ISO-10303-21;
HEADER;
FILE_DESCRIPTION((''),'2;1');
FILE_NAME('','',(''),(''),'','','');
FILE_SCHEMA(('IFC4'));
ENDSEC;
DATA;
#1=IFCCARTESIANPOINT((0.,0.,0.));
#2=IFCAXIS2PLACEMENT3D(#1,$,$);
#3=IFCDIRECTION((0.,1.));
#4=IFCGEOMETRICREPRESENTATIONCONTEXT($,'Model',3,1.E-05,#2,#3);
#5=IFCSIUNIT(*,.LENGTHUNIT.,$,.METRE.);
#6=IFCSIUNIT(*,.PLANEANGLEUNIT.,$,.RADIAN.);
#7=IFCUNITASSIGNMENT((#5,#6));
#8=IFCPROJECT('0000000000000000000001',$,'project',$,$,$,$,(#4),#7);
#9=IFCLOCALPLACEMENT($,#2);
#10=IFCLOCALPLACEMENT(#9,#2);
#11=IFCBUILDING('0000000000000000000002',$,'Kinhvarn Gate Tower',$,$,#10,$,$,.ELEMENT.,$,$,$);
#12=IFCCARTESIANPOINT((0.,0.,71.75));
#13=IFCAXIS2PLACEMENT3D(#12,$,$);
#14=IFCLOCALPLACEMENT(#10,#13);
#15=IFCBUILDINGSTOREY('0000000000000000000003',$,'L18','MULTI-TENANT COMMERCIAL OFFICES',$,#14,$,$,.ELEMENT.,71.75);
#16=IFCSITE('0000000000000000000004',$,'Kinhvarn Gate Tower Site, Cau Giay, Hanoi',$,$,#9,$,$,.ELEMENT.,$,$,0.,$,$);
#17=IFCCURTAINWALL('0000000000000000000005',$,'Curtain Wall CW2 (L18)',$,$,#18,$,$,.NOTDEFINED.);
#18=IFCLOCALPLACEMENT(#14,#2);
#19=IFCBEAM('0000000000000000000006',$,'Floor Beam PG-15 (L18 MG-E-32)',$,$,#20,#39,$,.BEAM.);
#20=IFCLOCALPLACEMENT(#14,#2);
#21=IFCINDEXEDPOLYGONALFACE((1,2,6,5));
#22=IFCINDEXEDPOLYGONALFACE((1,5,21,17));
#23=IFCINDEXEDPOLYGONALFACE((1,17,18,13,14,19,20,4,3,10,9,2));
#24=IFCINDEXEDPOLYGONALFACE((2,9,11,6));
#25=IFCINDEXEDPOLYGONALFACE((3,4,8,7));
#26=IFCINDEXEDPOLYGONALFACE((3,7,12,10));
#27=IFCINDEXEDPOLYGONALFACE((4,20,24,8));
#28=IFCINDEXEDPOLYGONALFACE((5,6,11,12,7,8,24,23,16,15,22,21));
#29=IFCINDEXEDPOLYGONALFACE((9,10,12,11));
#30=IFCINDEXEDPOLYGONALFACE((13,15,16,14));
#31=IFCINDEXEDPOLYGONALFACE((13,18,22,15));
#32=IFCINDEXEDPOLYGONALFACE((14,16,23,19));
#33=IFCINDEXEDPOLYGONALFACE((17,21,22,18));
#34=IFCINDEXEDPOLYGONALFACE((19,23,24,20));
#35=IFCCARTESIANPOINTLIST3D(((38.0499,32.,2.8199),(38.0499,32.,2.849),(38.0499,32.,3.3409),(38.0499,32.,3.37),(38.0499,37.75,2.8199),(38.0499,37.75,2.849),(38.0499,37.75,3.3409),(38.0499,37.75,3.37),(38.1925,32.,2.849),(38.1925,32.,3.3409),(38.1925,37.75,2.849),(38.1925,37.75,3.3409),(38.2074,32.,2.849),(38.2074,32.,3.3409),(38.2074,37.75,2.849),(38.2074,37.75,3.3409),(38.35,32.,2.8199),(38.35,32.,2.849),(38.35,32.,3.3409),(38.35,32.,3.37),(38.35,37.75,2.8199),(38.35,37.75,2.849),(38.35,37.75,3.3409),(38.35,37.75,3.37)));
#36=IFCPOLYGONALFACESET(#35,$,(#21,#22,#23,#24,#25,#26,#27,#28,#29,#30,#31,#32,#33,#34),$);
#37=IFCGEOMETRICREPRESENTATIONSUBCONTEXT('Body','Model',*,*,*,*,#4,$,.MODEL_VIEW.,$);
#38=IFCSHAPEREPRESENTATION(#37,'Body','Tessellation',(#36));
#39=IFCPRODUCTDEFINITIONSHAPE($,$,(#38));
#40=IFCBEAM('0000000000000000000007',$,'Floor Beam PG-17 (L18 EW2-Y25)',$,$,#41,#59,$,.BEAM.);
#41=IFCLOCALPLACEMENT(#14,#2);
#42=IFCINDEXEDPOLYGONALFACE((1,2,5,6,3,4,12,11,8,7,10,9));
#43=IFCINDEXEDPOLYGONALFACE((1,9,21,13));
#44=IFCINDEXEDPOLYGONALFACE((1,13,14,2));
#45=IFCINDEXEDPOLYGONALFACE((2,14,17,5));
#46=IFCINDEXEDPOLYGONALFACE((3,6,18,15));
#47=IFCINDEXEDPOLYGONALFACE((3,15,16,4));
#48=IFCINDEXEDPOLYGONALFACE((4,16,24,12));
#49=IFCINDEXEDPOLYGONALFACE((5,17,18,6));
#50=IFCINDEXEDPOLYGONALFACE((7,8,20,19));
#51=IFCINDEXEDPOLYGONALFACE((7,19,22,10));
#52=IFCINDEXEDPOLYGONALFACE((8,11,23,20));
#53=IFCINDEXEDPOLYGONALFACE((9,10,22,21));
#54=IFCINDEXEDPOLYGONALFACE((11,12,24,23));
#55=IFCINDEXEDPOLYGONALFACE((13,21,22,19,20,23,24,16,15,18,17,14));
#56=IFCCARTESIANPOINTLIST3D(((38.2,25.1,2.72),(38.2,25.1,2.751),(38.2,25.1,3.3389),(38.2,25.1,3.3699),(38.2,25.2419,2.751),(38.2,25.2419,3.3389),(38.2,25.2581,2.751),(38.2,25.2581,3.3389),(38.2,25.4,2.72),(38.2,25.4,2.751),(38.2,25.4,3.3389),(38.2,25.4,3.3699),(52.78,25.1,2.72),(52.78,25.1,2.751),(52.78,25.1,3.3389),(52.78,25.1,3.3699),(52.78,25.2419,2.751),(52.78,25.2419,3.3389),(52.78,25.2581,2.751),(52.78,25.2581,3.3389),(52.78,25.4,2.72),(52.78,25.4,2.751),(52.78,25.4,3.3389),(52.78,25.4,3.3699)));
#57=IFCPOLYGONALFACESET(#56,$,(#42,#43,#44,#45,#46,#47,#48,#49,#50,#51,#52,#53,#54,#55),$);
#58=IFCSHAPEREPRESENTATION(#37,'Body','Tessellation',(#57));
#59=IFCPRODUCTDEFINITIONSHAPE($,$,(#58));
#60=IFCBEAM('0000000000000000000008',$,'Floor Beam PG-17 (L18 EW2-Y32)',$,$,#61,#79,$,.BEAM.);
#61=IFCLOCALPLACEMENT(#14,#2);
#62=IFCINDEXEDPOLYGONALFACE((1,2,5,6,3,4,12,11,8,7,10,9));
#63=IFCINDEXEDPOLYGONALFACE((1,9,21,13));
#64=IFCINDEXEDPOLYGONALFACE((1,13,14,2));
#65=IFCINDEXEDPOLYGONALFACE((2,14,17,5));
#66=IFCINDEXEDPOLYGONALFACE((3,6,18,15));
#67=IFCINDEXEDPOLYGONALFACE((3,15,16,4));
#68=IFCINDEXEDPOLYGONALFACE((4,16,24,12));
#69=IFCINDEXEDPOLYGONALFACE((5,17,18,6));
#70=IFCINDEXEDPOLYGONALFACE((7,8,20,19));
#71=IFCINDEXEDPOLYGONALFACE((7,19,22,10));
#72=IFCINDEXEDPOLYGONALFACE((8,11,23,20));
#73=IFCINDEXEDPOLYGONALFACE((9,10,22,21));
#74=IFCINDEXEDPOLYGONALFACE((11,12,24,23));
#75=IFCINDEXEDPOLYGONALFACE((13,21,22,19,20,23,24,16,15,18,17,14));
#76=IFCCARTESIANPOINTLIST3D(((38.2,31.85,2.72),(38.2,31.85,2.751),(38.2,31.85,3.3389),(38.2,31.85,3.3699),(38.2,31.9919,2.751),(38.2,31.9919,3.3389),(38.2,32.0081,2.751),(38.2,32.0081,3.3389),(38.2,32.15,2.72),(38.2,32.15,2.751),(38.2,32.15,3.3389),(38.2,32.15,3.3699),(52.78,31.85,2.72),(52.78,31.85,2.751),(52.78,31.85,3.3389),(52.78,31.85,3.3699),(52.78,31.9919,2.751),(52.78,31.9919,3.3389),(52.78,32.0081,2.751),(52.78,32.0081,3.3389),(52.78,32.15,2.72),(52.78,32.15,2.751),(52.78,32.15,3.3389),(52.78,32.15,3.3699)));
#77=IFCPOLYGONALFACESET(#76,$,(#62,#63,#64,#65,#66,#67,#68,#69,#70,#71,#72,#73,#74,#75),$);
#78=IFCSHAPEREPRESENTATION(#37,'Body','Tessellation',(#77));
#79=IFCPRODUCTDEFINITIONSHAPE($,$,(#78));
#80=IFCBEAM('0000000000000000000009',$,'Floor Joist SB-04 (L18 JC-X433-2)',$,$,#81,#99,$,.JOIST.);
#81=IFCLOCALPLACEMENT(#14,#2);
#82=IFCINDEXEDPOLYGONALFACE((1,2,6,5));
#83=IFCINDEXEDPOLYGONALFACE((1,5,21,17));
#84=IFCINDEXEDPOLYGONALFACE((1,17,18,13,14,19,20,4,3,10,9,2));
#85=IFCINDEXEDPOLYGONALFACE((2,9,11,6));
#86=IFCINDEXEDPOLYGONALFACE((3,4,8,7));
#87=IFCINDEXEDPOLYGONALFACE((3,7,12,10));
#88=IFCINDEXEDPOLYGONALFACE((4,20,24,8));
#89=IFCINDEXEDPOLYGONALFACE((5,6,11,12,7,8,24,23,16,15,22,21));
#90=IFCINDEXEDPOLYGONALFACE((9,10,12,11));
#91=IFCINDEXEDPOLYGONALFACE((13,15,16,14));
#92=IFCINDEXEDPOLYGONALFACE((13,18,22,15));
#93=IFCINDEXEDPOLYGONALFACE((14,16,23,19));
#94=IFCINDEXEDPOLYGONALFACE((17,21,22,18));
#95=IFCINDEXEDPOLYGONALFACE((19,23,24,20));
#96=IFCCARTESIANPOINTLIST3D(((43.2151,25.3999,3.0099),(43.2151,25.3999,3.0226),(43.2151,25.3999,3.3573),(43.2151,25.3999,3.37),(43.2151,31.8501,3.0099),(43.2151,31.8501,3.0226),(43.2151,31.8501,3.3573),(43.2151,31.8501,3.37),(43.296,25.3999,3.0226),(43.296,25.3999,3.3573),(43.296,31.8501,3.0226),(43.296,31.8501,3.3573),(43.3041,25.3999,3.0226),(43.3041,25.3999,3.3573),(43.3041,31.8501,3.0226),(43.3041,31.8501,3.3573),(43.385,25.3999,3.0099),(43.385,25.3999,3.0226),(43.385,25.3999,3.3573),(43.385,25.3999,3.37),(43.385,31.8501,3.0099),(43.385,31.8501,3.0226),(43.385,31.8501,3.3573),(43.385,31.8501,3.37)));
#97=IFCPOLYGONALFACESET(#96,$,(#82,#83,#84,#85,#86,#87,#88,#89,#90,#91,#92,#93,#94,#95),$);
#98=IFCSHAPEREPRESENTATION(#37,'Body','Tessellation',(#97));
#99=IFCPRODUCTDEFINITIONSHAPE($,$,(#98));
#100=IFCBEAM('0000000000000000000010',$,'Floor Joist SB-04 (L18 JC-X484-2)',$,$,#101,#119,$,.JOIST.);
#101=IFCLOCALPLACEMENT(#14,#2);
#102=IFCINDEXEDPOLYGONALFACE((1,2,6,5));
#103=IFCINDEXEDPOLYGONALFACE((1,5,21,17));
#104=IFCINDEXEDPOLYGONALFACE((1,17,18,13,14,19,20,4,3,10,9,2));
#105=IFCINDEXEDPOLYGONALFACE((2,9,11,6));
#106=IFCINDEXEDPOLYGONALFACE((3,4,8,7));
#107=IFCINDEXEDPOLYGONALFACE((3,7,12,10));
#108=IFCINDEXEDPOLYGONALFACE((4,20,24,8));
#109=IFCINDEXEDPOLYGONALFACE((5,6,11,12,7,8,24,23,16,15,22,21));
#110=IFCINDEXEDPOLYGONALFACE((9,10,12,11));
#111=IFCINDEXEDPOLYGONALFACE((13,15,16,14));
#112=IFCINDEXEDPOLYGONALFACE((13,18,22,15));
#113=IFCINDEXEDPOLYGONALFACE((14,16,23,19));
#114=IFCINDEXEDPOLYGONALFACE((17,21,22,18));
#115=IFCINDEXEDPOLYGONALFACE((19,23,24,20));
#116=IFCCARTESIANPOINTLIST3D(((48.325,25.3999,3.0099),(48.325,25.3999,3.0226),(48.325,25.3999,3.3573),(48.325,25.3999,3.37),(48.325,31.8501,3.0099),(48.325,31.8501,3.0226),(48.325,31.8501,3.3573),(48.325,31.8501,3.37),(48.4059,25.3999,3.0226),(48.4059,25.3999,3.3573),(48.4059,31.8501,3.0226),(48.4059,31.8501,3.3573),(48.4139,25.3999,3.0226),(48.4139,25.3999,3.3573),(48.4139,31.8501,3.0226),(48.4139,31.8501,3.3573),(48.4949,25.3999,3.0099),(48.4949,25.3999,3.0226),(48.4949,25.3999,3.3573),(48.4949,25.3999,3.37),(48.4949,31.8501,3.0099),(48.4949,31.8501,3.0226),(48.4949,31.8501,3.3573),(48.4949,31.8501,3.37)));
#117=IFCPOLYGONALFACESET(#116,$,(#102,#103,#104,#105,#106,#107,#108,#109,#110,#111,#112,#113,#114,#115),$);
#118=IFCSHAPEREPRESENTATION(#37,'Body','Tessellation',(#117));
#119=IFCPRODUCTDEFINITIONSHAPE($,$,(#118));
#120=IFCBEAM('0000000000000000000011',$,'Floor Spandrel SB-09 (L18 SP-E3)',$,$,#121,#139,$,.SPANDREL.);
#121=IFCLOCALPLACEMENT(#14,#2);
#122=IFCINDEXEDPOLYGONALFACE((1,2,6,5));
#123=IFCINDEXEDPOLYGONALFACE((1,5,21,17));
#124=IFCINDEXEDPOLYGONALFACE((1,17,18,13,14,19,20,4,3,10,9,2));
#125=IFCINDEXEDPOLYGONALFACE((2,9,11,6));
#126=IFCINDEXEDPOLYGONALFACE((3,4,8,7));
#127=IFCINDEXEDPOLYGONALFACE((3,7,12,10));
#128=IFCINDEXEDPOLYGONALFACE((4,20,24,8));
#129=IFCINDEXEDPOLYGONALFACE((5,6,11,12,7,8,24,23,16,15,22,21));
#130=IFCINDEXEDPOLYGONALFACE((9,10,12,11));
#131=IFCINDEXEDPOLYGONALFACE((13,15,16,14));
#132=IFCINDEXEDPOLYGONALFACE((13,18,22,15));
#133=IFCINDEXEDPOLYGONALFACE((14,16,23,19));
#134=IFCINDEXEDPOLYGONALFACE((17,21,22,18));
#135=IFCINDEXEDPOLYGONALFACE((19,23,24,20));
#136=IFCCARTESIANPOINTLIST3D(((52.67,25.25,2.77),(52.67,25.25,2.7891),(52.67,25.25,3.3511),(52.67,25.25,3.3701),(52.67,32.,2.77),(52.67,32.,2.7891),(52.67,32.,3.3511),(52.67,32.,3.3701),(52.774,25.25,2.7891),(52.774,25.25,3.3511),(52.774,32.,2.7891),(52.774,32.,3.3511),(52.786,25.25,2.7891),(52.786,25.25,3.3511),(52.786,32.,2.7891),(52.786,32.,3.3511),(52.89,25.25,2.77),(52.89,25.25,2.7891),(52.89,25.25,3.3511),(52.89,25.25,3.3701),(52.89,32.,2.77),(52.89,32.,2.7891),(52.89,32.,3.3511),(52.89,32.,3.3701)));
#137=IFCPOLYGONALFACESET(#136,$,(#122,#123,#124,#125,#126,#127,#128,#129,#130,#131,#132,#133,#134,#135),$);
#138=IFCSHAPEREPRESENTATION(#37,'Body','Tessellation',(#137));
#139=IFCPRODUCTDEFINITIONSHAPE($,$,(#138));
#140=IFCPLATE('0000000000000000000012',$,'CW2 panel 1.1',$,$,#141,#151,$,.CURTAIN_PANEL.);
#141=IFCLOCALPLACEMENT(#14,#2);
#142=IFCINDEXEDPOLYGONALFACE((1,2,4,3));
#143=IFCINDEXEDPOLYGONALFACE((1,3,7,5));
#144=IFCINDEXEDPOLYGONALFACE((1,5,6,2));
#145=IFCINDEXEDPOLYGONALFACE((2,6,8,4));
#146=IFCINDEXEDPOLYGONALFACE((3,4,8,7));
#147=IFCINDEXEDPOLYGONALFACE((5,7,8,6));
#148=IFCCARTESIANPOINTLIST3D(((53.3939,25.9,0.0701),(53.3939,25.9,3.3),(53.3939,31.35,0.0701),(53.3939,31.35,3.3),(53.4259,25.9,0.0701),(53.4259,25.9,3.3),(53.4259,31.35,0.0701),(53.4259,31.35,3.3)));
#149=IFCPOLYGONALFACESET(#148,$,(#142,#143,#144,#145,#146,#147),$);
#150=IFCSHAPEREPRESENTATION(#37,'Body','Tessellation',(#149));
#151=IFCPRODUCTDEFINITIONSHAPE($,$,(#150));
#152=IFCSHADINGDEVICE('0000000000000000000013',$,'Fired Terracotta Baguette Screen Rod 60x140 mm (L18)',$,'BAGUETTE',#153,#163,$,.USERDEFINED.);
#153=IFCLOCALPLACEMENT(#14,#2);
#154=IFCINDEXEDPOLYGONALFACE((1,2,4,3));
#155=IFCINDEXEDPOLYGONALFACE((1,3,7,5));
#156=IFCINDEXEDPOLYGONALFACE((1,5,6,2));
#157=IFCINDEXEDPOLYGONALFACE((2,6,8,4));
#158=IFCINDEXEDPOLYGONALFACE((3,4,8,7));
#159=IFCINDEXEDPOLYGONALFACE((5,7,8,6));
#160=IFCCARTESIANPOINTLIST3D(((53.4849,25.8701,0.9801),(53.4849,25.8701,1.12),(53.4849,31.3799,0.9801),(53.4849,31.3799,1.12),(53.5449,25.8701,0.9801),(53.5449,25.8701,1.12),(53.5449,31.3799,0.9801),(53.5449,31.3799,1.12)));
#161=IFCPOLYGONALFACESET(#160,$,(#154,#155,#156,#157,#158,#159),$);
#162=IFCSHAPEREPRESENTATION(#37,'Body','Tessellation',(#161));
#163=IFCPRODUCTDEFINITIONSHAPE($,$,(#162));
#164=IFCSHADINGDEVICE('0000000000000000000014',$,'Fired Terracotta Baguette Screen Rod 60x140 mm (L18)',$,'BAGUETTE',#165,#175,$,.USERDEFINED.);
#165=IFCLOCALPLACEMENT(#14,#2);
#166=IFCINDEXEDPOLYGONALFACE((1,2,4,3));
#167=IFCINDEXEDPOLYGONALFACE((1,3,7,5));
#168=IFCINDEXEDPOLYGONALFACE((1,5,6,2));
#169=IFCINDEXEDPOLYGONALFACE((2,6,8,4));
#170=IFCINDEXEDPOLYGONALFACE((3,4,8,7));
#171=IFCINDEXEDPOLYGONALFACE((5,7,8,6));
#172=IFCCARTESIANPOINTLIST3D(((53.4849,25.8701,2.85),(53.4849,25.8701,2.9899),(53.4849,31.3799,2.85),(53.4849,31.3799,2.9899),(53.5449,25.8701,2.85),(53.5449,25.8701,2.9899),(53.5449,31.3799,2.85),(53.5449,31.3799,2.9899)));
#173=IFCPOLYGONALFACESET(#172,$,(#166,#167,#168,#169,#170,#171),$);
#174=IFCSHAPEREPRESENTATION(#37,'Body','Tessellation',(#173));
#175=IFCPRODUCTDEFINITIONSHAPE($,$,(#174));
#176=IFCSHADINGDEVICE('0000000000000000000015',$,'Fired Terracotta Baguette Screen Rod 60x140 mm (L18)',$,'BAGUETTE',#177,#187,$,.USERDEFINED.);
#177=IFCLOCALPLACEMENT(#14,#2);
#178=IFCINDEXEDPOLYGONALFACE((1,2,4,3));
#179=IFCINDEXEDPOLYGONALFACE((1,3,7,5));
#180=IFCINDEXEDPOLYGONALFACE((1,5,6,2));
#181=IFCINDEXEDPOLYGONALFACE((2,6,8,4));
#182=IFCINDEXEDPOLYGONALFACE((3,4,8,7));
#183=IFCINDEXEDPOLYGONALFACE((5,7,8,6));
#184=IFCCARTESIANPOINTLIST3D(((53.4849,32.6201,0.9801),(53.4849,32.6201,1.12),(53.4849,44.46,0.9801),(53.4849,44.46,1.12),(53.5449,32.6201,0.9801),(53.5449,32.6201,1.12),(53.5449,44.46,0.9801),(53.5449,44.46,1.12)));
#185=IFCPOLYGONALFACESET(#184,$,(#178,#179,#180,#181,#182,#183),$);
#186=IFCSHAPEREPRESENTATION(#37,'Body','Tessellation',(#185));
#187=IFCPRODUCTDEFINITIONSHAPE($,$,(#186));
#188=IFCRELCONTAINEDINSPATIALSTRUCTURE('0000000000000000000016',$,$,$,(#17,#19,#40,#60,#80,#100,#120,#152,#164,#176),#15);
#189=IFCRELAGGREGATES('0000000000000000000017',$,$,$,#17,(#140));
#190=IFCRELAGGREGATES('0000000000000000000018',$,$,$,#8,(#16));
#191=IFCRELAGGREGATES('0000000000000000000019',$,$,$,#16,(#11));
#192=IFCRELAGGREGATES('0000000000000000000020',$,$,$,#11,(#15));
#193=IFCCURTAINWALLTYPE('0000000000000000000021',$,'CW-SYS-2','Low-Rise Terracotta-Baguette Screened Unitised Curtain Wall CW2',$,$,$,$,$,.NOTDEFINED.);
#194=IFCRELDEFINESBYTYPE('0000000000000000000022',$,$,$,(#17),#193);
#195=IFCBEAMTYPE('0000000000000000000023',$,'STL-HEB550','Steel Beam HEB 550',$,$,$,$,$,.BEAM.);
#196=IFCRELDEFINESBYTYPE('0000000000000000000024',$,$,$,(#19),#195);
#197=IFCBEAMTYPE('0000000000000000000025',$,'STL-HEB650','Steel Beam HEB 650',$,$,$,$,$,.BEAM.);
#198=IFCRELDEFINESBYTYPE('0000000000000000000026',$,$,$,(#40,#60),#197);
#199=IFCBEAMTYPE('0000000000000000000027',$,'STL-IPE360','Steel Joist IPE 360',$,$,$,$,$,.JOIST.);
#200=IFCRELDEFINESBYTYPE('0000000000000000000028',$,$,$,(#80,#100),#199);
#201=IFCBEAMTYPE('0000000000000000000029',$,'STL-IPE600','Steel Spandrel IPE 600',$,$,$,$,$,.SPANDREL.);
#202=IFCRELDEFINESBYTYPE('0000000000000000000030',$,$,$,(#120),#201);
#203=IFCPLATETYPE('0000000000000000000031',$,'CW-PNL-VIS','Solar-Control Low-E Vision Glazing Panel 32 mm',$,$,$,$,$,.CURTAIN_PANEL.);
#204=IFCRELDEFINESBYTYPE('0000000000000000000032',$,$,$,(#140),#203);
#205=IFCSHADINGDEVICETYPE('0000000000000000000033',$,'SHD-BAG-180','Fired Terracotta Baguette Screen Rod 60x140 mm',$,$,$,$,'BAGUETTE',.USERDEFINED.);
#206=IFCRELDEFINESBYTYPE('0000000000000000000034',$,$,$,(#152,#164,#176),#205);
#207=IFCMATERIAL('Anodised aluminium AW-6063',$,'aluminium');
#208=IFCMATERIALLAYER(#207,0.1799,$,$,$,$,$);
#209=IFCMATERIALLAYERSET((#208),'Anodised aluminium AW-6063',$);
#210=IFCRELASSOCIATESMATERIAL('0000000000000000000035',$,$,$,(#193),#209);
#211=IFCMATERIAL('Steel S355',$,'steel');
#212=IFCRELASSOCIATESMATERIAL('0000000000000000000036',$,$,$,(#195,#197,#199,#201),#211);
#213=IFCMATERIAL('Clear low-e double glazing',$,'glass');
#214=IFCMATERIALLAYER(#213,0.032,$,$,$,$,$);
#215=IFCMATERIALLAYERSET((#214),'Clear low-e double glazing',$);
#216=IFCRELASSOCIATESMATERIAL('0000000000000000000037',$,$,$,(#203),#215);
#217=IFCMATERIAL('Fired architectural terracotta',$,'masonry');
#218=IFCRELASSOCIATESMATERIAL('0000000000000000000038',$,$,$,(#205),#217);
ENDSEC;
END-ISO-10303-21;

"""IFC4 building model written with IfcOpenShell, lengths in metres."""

from ifc_helpers import new_model, si_unit, direction, frame, origin, origin_2d, place, context, subcontext, project, spatial, rectangle, i_section, extrude, material, layer, layer_set, material_profile, profile_set, type_object, element, aggregate, save


model = new_model("IFC4")

# Units and contexts
model_context = context("Model", 3, precision=1e-05, world=origin(), true_north=direction((0.0, 1.0)))
body_context = subcontext(model_context, "Body", "Model", "MODEL_VIEW")
ifc_project = project(units=[si_unit("LENGTHUNIT", "METRE"), si_unit("PLANEANGLEUNIT", "RADIAN")], contexts=[model_context])

# Site, building, storey
site_placement = place(None, origin())
site = spatial("IfcSite", under=ifc_project, at=site_placement, Name="Kinhvarn Gate Tower Site, Cau Giay, Hanoi", CompositionType="ELEMENT", RefElevation=0.0)
building_placement = place(site_placement, origin())
building = spatial("IfcBuilding", under=site, at=building_placement, Name="Kinhvarn Gate Tower", CompositionType="ELEMENT")
storey_placement = place(building_placement, frame((0.0, 0.0, 71.75)))
storey = spatial("IfcBuildingStorey", under=building, at=storey_placement, Name="L18", Description="MULTI-TENANT COMMERCIAL OFFICES", CompositionType="ELEMENT", Elevation=71.75)

# Shared definitions
ifc_material_1 = material(Name="Anodised aluminium AW-6063", Category="aluminium")
ifc_layer_1 = layer(ifc_material_1, 0.1799)
ifc_layer_set_1 = layer_set([ifc_layer_1], Name="Anodised aluminium AW-6063")
curtain_wall_type = type_object("IfcCurtainWallType", Name="CW-SYS-2", Description="Low-Rise Terracotta-Baguette Screened Unitised Curtain Wall CW2", PredefinedType="NOTDEFINED", material=ifc_layer_set_1)

# Curtain wall
curtain_wall_1_placement = place(storey_placement, origin())
curtain_wall_1 = element("IfcCurtainWall", 1, at=curtain_wall_1_placement, inside=storey, type_object=curtain_wall_type, Name="Curtain Wall CW2 (L18)", PredefinedType="NOTDEFINED")

# Beams
ifc_material_2 = material(Name="Steel S355", Category="steel")
ifc_material_profile_1 = material_profile(ifc_material_2, i_section(OverallWidth=0.3, OverallDepth=0.55, WebThickness=0.0149, FlangeThickness=0.0291, at=origin_2d()), Name="HEB 550")
ifc_profile_set_1 = profile_set([ifc_material_profile_1], Name="Steel S355")
beam_type_1 = type_object("IfcBeamType", Name="STL-HEB550", Description="Steel Beam HEB 550", PredefinedType="BEAM", material=ifc_profile_set_1)
beam_1_placement = place(storey_placement, frame((38.2, 32.0, 3.095), z_axis=(0.0, 1.0, 0.0), x_axis=(-1.0, 0.0, 0.0)))
element("IfcBeam", 2, at=beam_1_placement, inside=storey, type_object=beam_type_1, Name="Floor Beam PG-15 (L18 MG-E-32)", PredefinedType="BEAM", context=body_context, shape_type="SweptSolid", body=[
    extrude(i_section(OverallWidth=0.3, OverallDepth=0.55, WebThickness=0.0149, FlangeThickness=0.0291, at=origin_2d()), origin(), (0.0, 0.0, 1.0), 5.75),
])
ifc_material_profile_2 = material_profile(ifc_material_2, i_section(OverallWidth=0.3, OverallDepth=0.6499, WebThickness=0.0161, FlangeThickness=0.031, at=origin_2d()), Name="HEB 650")
ifc_profile_set_2 = profile_set([ifc_material_profile_2], Name="Steel S355")
beam_type_2 = type_object("IfcBeamType", Name="STL-HEB650", Description="Steel Beam HEB 650", PredefinedType="BEAM", material=ifc_profile_set_2)
for number, where, z_axis, x_axis, name in (
    (3, (38.2, 25.25, 3.0449), (1.0, 0.0, 0.0), (0.0, 1.0, 0.0), "Floor Beam PG-17 (L18 EW2-Y25)"),
    (4, (38.2, 32.0, 3.0449), (1.0, 0.0, 0.0), (0.0, 1.0, 0.0), "Floor Beam PG-17 (L18 EW2-Y32)"),
):
    element("IfcBeam", number, at=place(storey_placement, frame(where, z_axis=z_axis, x_axis=x_axis)), inside=storey, type_object=beam_type_2, Name=name, PredefinedType="BEAM", context=body_context, shape_type="SweptSolid", body=[
        extrude(i_section(OverallWidth=0.3, OverallDepth=0.6499, WebThickness=0.0161, FlangeThickness=0.031, at=origin_2d()), origin(), (0.0, 0.0, 1.0), 14.5801),
    ])
ifc_material_profile_3 = material_profile(ifc_material_2, i_section(OverallWidth=0.1699, OverallDepth=0.3601, WebThickness=0.0081, FlangeThickness=0.0127, at=origin_2d()), Name="IPE 360")
ifc_profile_set_3 = profile_set([ifc_material_profile_3], Name="Steel S355")
beam_type_3 = type_object("IfcBeamType", Name="STL-IPE360", Description="Steel Joist IPE 360", PredefinedType="JOIST", material=ifc_profile_set_3)
for number, where, z_axis, x_axis, name in (
    (5, (43.3, 25.3999, 3.1899), (0.0, 1.0, 0.0), (-1.0, 0.0, 0.0), "Floor Joist SB-04 (L18 JC-X433-2)"),
    (6, (48.4099, 25.3999, 3.1899), (0.0, 1.0, 0.0), (-1.0, 0.0, 0.0), "Floor Joist SB-04 (L18 JC-X484-2)"),
):
    element("IfcBeam", number, at=place(storey_placement, frame(where, z_axis=z_axis, x_axis=x_axis)), inside=storey, type_object=beam_type_3, Name=name, PredefinedType="JOIST", context=body_context, shape_type="SweptSolid", body=[
        extrude(i_section(OverallWidth=0.1699, OverallDepth=0.3601, WebThickness=0.0081, FlangeThickness=0.0127, at=origin_2d()), origin(), (0.0, 0.0, 1.0), 6.4502),
    ])
ifc_material_profile_4 = material_profile(ifc_material_2, i_section(OverallWidth=0.22, OverallDepth=0.6001, WebThickness=0.012, FlangeThickness=0.019, at=origin_2d()), Name="IPE 600")
ifc_profile_set_4 = profile_set([ifc_material_profile_4], Name="Steel S355")
beam_type_4 = type_object("IfcBeamType", Name="STL-IPE600", Description="Steel Spandrel IPE 600", PredefinedType="SPANDREL", material=ifc_profile_set_4)
beam_2_placement = place(storey_placement, frame((52.78, 25.25, 3.0701), z_axis=(0.0, 1.0, 0.0), x_axis=(-1.0, 0.0, 0.0)))
element("IfcBeam", 7, at=beam_2_placement, inside=storey, type_object=beam_type_4, Name="Floor Spandrel SB-09 (L18 SP-E3)", PredefinedType="SPANDREL", context=body_context, shape_type="SweptSolid", body=[
    extrude(i_section(OverallWidth=0.22, OverallDepth=0.6001, WebThickness=0.012, FlangeThickness=0.019, at=origin_2d()), origin(), (0.0, 0.0, 1.0), 6.75),
])

# Plate
ifc_material_3 = material(Name="Clear low-e double glazing", Category="glass")
ifc_layer_2 = layer(ifc_material_3, 0.032)
ifc_layer_set_2 = layer_set([ifc_layer_2], Name="Clear low-e double glazing")
plate_type = type_object("IfcPlateType", Name="CW-PNL-VIS", Description="Solar-Control Low-E Vision Glazing Panel 32 mm", PredefinedType="CURTAIN_PANEL", material=ifc_layer_set_2)
plate_placement = place(storey_placement, frame((53.4099, 28.625, 0.0701), z_axis=(0.0, 0.0, 1.0), x_axis=(0.0, 1.0, 0.0)))
plate = element("IfcPlate", 8, at=plate_placement, type_object=plate_type, Name="CW2 panel 1.1", PredefinedType="CURTAIN_PANEL", context=body_context, shape_type="SweptSolid", body=[
    extrude(rectangle(XDim=5.45, YDim=0.032, at=origin_2d()), origin(), (0.0, 0.0, 1.0), 3.23),
])
aggregate(curtain_wall_1, [plate])

# Shading devices
ifc_material_4 = material(Name="Fired architectural terracotta", Category="masonry")
ifc_material_profile_5 = material_profile(ifc_material_4, rectangle(XDim=0.0601, YDim=0.1399, at=origin_2d()), Name="TC 60x140")
ifc_profile_set_5 = profile_set([ifc_material_profile_5], Name="Fired architectural terracotta")
shading_device_type = type_object("IfcShadingDeviceType", Name="SHD-BAG-180", Description="Fired Terracotta Baguette Screen Rod 60x140 mm", ElementType="BAGUETTE", PredefinedType="USERDEFINED", material=ifc_profile_set_5)
for number, where, z_axis, x_axis, name in (
    (9, (53.5149, 25.8701, 1.05), (0.0, 1.0, 0.0), (-1.0, 0.0, 0.0), "Fired Terracotta Baguette Screen Rod 60x140 mm (L18)"),
    (10, (53.5149, 25.8701, 2.9199), (0.0, 1.0, 0.0), (-1.0, 0.0, 0.0), "Fired Terracotta Baguette Screen Rod 60x140 mm (L18)"),
):
    element("IfcShadingDevice", number, at=place(storey_placement, frame(where, z_axis=z_axis, x_axis=x_axis)), inside=storey, type_object=shading_device_type, Name=name, ObjectType="BAGUETTE", PredefinedType="USERDEFINED", context=body_context, shape_type="SweptSolid", body=[
        extrude(rectangle(XDim=0.0601, YDim=0.1399, at=origin_2d()), origin(), (0.0, 0.0, 1.0), 5.5098),
    ])
for number, where, z_axis, x_axis, name in (
    (11, (53.5149, 32.6201, 1.05), (0.0, 1.0, 0.0), (-1.0, 0.0, 0.0), "Fired Terracotta Baguette Screen Rod 60x140 mm (L18)"),
):
    element("IfcShadingDevice", number, at=place(storey_placement, frame(where, z_axis=z_axis, x_axis=x_axis)), inside=storey, type_object=shading_device_type, Name=name, ObjectType="BAGUETTE", PredefinedType="USERDEFINED", context=body_context, shape_type="SweptSolid", body=[
        extrude(rectangle(XDim=0.0601, YDim=0.1399, at=origin_2d()), origin(), (0.0, 0.0, 1.0), 11.8398),
    ])

save(model, "model.ifc")
